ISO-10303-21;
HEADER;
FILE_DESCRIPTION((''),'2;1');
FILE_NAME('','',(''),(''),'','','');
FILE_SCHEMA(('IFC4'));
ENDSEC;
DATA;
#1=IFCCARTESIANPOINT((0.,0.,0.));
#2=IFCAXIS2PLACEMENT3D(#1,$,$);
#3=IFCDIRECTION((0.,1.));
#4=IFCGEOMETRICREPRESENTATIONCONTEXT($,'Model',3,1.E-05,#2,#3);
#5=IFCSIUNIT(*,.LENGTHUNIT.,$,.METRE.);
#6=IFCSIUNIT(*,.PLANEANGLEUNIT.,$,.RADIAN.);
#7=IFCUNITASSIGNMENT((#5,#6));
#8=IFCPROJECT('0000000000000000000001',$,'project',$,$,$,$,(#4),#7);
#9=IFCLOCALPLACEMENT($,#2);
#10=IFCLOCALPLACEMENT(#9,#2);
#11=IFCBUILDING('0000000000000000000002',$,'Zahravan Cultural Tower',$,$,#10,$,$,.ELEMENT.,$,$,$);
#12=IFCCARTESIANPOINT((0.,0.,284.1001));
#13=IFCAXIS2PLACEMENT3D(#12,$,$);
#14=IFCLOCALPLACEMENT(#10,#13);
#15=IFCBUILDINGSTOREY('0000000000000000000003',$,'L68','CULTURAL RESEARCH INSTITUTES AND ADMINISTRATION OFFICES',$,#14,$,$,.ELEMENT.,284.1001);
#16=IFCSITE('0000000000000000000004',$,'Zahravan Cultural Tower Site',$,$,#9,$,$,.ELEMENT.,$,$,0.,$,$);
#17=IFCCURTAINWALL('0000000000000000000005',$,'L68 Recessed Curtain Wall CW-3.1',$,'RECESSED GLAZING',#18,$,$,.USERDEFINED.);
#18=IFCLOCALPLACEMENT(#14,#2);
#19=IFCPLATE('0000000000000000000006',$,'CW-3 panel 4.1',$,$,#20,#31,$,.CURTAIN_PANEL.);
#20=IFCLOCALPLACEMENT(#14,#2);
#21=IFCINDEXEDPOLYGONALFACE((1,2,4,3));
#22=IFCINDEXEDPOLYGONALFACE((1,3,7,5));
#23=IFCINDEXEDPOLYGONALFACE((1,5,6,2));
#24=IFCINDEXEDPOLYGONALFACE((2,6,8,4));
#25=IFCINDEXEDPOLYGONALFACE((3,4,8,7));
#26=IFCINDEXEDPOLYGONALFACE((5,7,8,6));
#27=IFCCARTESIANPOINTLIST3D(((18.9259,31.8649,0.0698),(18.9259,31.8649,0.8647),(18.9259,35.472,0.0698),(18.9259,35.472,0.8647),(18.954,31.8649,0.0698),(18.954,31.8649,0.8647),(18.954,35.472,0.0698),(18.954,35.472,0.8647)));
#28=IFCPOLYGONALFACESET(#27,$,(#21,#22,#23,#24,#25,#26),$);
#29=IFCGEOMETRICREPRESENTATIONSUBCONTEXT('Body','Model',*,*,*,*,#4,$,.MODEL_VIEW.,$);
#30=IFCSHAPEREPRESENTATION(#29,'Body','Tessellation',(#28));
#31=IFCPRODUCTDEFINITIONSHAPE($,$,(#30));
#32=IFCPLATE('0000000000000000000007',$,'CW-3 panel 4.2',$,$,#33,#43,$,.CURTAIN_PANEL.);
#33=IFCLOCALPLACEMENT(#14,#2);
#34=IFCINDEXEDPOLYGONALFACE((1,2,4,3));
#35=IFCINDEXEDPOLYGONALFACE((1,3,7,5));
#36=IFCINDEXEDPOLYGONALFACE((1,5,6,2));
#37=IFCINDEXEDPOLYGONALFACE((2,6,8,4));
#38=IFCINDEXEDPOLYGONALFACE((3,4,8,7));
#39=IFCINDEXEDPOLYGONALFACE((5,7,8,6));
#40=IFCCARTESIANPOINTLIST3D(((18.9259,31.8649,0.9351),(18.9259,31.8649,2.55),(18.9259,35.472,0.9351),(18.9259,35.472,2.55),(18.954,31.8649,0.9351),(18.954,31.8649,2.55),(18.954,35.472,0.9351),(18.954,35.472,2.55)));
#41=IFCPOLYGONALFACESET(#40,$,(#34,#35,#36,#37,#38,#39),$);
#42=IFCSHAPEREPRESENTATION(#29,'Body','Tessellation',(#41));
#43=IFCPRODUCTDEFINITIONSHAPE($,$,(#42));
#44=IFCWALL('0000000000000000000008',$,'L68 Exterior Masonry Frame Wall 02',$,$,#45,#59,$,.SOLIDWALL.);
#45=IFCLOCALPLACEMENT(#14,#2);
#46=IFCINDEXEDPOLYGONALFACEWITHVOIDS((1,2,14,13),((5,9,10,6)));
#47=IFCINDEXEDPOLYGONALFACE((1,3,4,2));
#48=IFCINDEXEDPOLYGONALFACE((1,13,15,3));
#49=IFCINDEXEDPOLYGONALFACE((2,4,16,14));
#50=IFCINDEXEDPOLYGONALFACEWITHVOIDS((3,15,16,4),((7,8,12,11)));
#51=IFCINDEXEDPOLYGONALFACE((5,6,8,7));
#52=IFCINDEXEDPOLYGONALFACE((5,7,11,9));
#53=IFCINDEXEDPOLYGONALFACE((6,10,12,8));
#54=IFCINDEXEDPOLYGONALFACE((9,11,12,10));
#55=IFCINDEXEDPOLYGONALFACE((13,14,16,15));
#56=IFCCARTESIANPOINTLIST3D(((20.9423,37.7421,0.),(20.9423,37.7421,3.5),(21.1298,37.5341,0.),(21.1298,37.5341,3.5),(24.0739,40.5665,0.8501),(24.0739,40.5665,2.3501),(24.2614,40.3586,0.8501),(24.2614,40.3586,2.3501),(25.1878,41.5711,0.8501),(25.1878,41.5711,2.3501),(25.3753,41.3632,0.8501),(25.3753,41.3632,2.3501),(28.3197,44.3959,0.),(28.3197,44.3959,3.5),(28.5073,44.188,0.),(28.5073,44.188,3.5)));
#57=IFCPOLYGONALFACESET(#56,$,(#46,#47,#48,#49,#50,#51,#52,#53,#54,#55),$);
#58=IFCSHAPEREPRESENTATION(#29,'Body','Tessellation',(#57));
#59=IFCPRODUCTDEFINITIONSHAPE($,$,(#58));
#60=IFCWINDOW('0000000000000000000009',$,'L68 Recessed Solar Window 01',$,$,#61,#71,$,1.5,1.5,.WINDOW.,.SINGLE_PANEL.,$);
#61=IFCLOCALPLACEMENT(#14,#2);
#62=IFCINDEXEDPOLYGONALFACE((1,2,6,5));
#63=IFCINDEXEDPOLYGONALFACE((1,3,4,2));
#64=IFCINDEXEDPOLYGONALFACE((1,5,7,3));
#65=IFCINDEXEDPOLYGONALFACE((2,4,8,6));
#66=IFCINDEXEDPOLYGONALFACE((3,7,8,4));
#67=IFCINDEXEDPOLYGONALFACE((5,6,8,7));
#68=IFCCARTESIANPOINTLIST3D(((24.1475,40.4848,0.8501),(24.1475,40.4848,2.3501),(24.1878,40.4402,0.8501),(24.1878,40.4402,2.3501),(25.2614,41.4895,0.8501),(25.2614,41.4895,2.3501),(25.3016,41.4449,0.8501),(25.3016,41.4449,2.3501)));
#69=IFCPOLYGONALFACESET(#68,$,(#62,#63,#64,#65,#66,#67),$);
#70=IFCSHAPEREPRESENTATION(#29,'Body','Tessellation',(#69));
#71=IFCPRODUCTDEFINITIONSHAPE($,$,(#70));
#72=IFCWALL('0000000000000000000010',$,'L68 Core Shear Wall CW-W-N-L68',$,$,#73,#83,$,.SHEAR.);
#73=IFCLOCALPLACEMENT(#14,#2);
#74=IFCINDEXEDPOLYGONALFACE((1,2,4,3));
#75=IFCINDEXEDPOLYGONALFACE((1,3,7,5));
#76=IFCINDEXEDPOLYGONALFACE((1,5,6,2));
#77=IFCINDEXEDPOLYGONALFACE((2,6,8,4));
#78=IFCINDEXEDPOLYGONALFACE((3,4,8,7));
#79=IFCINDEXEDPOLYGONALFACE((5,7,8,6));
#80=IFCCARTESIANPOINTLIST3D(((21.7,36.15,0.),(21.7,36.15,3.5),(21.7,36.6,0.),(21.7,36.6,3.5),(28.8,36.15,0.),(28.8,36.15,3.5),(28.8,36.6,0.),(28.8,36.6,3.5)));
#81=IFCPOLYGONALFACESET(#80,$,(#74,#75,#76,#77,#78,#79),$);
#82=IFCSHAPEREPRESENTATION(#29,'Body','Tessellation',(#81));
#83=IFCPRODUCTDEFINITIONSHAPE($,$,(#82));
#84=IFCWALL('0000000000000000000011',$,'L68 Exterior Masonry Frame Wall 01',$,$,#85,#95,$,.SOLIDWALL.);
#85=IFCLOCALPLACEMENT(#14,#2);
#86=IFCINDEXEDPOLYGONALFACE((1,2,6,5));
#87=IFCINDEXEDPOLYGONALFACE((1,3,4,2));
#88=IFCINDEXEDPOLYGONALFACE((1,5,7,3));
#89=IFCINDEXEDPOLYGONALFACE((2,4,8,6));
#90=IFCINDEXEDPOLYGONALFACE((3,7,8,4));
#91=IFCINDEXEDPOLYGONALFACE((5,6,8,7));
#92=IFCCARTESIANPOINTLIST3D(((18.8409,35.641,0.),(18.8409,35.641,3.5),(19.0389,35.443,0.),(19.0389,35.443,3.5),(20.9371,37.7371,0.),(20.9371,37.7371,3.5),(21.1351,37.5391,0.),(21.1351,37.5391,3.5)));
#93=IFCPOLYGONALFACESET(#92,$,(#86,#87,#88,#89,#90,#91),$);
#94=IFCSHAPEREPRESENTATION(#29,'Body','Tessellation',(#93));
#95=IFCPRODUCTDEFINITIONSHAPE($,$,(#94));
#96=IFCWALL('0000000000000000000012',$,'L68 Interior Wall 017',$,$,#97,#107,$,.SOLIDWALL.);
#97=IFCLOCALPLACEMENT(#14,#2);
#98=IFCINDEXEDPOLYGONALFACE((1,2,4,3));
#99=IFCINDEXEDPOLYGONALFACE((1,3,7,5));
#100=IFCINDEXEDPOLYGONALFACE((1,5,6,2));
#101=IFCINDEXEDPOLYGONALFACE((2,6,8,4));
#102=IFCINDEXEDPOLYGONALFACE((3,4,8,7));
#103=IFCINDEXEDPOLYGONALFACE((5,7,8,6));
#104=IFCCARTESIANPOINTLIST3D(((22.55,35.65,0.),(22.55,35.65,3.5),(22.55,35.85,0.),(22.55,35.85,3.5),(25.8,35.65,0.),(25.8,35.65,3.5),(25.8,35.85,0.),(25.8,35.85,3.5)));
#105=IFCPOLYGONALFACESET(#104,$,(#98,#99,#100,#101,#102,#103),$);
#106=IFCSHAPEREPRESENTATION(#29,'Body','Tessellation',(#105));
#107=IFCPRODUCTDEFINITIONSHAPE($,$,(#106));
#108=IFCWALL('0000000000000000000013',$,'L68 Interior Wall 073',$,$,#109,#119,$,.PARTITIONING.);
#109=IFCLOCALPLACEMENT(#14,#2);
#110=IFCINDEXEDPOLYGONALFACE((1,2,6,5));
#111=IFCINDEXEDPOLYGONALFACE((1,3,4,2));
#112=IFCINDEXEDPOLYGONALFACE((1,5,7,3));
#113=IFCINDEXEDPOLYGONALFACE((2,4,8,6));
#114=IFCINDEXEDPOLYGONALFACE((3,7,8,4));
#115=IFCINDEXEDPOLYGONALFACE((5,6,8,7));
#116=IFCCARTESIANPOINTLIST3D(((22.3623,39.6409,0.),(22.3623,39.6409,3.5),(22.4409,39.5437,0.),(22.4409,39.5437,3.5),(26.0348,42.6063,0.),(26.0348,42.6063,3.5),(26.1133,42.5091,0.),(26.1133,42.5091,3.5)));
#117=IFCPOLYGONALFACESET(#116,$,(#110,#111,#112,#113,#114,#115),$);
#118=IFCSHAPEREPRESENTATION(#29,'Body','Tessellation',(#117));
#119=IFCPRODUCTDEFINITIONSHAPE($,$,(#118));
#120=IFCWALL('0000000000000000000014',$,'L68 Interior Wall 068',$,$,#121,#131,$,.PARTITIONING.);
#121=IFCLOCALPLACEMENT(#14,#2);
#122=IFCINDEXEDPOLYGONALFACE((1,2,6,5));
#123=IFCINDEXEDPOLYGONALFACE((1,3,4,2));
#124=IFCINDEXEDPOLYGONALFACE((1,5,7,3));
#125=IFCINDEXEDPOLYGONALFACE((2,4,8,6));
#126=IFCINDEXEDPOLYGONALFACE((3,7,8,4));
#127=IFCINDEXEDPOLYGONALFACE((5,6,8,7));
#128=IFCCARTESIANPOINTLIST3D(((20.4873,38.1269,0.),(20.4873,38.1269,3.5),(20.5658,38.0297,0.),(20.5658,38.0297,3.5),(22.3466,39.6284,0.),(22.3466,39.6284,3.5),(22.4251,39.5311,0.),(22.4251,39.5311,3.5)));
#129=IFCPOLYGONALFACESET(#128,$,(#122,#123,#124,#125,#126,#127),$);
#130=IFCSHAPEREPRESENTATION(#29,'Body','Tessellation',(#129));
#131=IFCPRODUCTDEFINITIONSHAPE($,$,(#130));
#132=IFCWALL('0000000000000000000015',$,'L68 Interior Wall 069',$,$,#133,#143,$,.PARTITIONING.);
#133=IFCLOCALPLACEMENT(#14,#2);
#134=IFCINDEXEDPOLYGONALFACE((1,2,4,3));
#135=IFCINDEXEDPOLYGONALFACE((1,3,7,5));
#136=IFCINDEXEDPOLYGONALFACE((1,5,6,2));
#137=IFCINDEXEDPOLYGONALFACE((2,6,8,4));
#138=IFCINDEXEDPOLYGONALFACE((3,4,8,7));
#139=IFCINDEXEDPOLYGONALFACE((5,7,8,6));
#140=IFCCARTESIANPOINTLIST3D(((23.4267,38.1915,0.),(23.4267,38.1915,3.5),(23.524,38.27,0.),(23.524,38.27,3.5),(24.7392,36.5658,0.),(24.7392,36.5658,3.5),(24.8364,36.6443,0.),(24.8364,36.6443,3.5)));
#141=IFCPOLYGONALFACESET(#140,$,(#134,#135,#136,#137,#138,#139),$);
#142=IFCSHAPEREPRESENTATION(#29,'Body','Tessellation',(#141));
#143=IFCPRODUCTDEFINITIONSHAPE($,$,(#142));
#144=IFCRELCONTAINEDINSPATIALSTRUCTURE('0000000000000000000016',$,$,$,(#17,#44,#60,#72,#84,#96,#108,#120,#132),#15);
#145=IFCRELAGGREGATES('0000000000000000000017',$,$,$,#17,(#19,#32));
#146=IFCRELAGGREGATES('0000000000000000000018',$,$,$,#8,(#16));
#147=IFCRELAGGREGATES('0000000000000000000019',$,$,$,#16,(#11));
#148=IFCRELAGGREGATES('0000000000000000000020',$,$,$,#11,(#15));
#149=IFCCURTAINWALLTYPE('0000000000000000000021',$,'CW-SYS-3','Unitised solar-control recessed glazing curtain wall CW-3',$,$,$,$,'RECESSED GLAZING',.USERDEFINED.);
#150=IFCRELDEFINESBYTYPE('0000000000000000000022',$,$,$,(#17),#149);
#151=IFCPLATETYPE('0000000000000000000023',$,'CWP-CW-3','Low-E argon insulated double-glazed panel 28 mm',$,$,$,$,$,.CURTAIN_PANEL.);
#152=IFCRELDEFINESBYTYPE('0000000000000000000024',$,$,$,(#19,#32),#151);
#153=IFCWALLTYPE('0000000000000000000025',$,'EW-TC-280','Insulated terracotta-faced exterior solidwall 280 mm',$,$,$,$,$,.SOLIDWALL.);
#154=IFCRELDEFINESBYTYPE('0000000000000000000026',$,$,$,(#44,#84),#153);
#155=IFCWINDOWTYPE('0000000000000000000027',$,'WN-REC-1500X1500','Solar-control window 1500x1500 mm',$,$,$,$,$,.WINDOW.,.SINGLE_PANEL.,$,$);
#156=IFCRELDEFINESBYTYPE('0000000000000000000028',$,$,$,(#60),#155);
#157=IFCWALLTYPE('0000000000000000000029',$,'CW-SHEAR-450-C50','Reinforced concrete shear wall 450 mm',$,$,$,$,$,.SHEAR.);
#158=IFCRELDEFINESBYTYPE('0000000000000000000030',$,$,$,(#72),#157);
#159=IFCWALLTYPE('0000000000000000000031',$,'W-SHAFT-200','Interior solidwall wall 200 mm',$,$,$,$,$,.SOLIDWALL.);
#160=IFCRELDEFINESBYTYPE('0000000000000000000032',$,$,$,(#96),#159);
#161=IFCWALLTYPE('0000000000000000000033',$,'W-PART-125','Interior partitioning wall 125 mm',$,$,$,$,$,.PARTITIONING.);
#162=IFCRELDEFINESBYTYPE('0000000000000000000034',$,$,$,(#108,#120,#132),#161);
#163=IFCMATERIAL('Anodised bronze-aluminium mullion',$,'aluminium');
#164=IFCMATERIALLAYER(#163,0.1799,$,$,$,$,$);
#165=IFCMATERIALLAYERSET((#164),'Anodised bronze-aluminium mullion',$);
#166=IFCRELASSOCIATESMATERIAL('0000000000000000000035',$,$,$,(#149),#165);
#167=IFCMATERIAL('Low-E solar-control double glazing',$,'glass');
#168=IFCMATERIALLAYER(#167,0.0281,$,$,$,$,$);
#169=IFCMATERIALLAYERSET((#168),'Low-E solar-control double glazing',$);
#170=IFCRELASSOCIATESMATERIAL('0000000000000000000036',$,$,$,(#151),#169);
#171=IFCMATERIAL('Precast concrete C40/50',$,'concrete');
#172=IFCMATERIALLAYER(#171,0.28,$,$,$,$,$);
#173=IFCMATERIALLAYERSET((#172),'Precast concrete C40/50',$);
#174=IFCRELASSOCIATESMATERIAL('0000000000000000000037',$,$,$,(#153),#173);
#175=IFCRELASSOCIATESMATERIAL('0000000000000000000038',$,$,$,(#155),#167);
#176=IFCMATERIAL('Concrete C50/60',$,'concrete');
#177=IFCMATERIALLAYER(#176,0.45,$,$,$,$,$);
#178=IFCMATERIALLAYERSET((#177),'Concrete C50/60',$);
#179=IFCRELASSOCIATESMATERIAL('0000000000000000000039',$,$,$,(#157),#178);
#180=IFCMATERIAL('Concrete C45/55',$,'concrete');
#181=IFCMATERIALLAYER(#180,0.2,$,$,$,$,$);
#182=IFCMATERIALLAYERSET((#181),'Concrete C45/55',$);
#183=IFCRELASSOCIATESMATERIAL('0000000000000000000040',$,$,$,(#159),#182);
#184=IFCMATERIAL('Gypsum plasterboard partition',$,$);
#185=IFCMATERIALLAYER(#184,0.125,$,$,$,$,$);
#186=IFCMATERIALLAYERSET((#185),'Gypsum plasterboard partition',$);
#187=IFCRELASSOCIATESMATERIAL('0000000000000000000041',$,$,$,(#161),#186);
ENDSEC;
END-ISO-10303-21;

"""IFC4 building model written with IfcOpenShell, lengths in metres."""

from ifc_helpers import new_model, si_unit, direction, frame, frame_2d, origin, origin_2d, place, context, subcontext, project, spatial, rectangle, extrude, source, transform, mapped, material, layer, layer_set, type_object, element, fill, aggregate, save


model = new_model("IFC4")

# Units and contexts
model_context = context("Model", 3, precision=1e-05, world=origin(), true_north=direction((0.0, 1.0)))
body_context = subcontext(model_context, "Body", "Model", "MODEL_VIEW")
ifc_project = project(units=[si_unit("LENGTHUNIT", "METRE"), si_unit("PLANEANGLEUNIT", "RADIAN")], contexts=[model_context])

# Site, building, storey
site_placement = place(None, origin())
site = spatial("IfcSite", under=ifc_project, at=site_placement, Name="Zahravan Cultural Tower Site", CompositionType="ELEMENT", RefElevation=0.0)
building_placement = place(site_placement, origin())
building = spatial("IfcBuilding", under=site, at=building_placement, Name="Zahravan Cultural Tower", CompositionType="ELEMENT")
storey_placement = place(building_placement, frame((0.0, 0.0, 284.1001)))
storey = spatial("IfcBuildingStorey", under=building, at=storey_placement, Name="L68", Description="CULTURAL RESEARCH INSTITUTES AND ADMINISTRATION OFFICES", CompositionType="ELEMENT", Elevation=284.1001)

# Shared definitions
ifc_material_1 = material(Name="Concrete C50/60", Category="concrete")

# Curtain wall, plates
ifc_material_2 = material(Name="Anodised bronze-aluminium mullion", Category="aluminium")
ifc_layer_1 = layer(ifc_material_2, 0.1799)
ifc_layer_set_1 = layer_set([ifc_layer_1], Name="Anodised bronze-aluminium mullion")
curtain_wall_type = type_object("IfcCurtainWallType", Name="CW-SYS-3", Description="Unitised solar-control recessed glazing curtain wall CW-3", ElementType="RECESSED GLAZING", PredefinedType="USERDEFINED", material=ifc_layer_set_1)
curtain_wall_placement = place(storey_placement, origin())
curtain_wall = element("IfcCurtainWall", 1, at=curtain_wall_placement, inside=storey, type_object=curtain_wall_type, Name="L68 Recessed Curtain Wall CW-3.1", ObjectType="RECESSED GLAZING", PredefinedType="USERDEFINED")
ifc_material_3 = material(Name="Low-E solar-control double glazing", Category="glass")
ifc_layer_2 = layer(ifc_material_3, 0.0281)
ifc_layer_set_2 = layer_set([ifc_layer_2], Name="Low-E solar-control double glazing")
plate_type = type_object("IfcPlateType", Name="CWP-CW-3", Description="Low-E argon insulated double-glazed panel 28 mm", PredefinedType="CURTAIN_PANEL", material=ifc_layer_set_2)
shared_shape_1 = source(origin(), body_context, "Body", "SweptSolid", [
    extrude(rectangle(XDim=3.6072, YDim=0.0281, at=origin_2d()), origin(), (0.0, 0.0, 1.0), 0.7949),
])
plate_1_placement = place(storey_placement, frame((18.9399, 33.6685, 0.0698), z_axis=(0.0, 0.0, 1.0), x_axis=(0.0, 1.0, 0.0)))
plate_1 = element("IfcPlate", 2, at=plate_1_placement, type_object=plate_type, Name="CW-3 panel 4.1", PredefinedType="CURTAIN_PANEL", context=body_context, shape_type="MappedRepresentation", body=[
    mapped(shared_shape_1, transform((0.0, 0.0, 0.0), x_axis=(1.0, 0.0, 0.0), y_axis=(0.0, 1.0, 0.0), z_axis=(0.0, 0.0, 1.0), scale=1.0)),
])
shared_shape_2 = source(origin(), body_context, "Body", "SweptSolid", [
    extrude(rectangle(XDim=3.6072, YDim=0.0281, at=origin_2d()), origin(), (0.0, 0.0, 1.0), 1.615),
])
plate_2_placement = place(storey_placement, frame((18.9399, 33.6685, 0.9351), z_axis=(0.0, 0.0, 1.0), x_axis=(0.0, 1.0, 0.0)))
plate_2 = element("IfcPlate", 3, at=plate_2_placement, type_object=plate_type, Name="CW-3 panel 4.2", PredefinedType="CURTAIN_PANEL", context=body_context, shape_type="MappedRepresentation", body=[
    mapped(shared_shape_2, transform((0.0, 0.0, 0.0), x_axis=(1.0, 0.0, 0.0), y_axis=(0.0, 1.0, 0.0), z_axis=(0.0, 0.0, 1.0), scale=1.0)),
])
aggregate(curtain_wall, [plate_1, plate_2])

# Wall, opening, window
ifc_material_4 = material(Name="Precast concrete C40/50", Category="concrete")
ifc_layer_3 = layer(ifc_material_4, 0.28)
ifc_layer_set_3 = layer_set([ifc_layer_3], Name="Precast concrete C40/50")
wall_type_1 = type_object("IfcWallType", Name="EW-TC-280", Description="Insulated terracotta-faced exterior solidwall 280 mm", PredefinedType="SOLIDWALL", material=ifc_layer_set_3)
wall_1_placement = place(storey_placement, frame((21.0361, 37.6382, 0.0), z_axis=(0.0, 0.0, 1.0), x_axis=(0.742587, 0.669749, 0.0)))
wall_1 = element("IfcWall", 4, at=wall_1_placement, inside=storey, type_object=wall_type_1, Name="L68 Exterior Masonry Frame Wall 02", PredefinedType="SOLIDWALL", context=body_context, shape_type="SweptSolid", body=[
    extrude(rectangle(XDim=9.9348, YDim=0.28, at=frame_2d((4.9673, 0.0))), origin(), (0.0, 0.0, 1.0), 3.5),
])
opening_placement = place(wall_1_placement, frame((4.217, 0.0, 0.8501)))
opening = element("IfcOpeningElement", 5, at=opening_placement, cuts=wall_1, PredefinedType="OPENING", context=body_context, shape_type="SweptSolid", body=[
    extrude(rectangle(XDim=1.5, YDim=1.5, at=frame_2d((0.75, 0.75))), frame((0.0, 0.1499, 0.0), z_axis=(0.0, -1.0, 0.0), x_axis=(1.0, 0.0, 0.0)), (0.0, 0.0, 1.0), 0.3),
])
window_type = type_object("IfcWindowType", Name="WN-REC-1500X1500", Description="Solar-control window 1500x1500 mm", PartitioningType="SINGLE_PANEL", PredefinedType="WINDOW", material=ifc_material_3)
shared_shape_3 = source(origin(), body_context, "Body", "SweptSolid", [
    extrude(rectangle(XDim=1.5, YDim=1.5, at=frame_2d((0.75, 0.75))), frame((0.0, 0.03, 0.0), z_axis=(0.0, -1.0, 0.0), x_axis=(1.0, 0.0, 0.0)), (0.0, 0.0, 1.0), 0.0601),
])
window_placement = place(opening_placement, origin())
window = element("IfcWindow", 6, at=window_placement, inside=storey, type_object=window_type, Name="L68 Recessed Solar Window 01", OverallHeight=1.5, OverallWidth=1.5, PartitioningType="SINGLE_PANEL", PredefinedType="WINDOW", context=body_context, shape_type="MappedRepresentation", body=[
    mapped(shared_shape_3, transform((0.0, 0.0, 0.0), x_axis=(1.0, 0.0, 0.0), y_axis=(0.0, 1.0, 0.0), z_axis=(0.0, 0.0, 1.0), scale=1.0)),
])
fill(opening, window)

# Walls
ifc_layer_4 = layer(ifc_material_1, 0.45)
ifc_layer_set_4 = layer_set([ifc_layer_4], Name="Concrete C50/60")
wall_type_2 = type_object("IfcWallType", Name="CW-SHEAR-450-C50", Description="Reinforced concrete shear wall 450 mm", PredefinedType="SHEAR", material=ifc_layer_set_4)
shared_shape_4 = source(origin(), body_context, "Body", "SweptSolid", [
    extrude(rectangle(XDim=7.1001, YDim=0.45, at=frame_2d((3.55, 0.0))), origin(), (0.0, 0.0, 1.0), 3.5),
])
wall_2_placement = place(storey_placement, frame((21.7, 36.375, 0.0), z_axis=(0.0, 0.0, 1.0), x_axis=(1.0, 0.0, 0.0)))
element("IfcWall", 7, at=wall_2_placement, inside=storey, type_object=wall_type_2, Name="L68 Core Shear Wall CW-W-N-L68", PredefinedType="SHEAR", context=body_context, shape_type="MappedRepresentation", body=[
    mapped(shared_shape_4, transform((0.0, 0.0, 0.0), x_axis=(1.0, 0.0, 0.0), y_axis=(0.0, 1.0, 0.0), z_axis=(0.0, 0.0, 1.0), scale=1.0)),
])
shared_shape_5 = source(origin(), body_context, "Body", "SweptSolid", [
    extrude(rectangle(XDim=2.9644, YDim=0.28, at=frame_2d((1.4822, 0.0))), origin(), (0.0, 0.0, 1.0), 3.5),
])
wall_3_placement = place(storey_placement, frame((18.9399, 35.542, 0.0), z_axis=(0.0, 0.0, 1.0), x_axis=(0.707107, 0.707107, 0.0)))
element("IfcWall", 8, at=wall_3_placement, inside=storey, type_object=wall_type_1, Name="L68 Exterior Masonry Frame Wall 01", PredefinedType="SOLIDWALL", context=body_context, shape_type="MappedRepresentation", body=[
    mapped(shared_shape_5, transform((0.0, 0.0, 0.0), x_axis=(1.0, 0.0, 0.0), y_axis=(0.0, 1.0, 0.0), z_axis=(0.0, 0.0, 1.0), scale=1.0)),
])
ifc_material_5 = material(Name="Concrete C45/55", Category="concrete")
ifc_layer_5 = layer(ifc_material_5, 0.2)
ifc_layer_set_5 = layer_set([ifc_layer_5], Name="Concrete C45/55")
wall_type_3 = type_object("IfcWallType", Name="W-SHAFT-200", Description="Interior solidwall wall 200 mm", PredefinedType="SOLIDWALL", material=ifc_layer_set_5)
shared_shape_6 = source(origin(), body_context, "Body", "SweptSolid", [
    extrude(rectangle(XDim=3.25, YDim=0.2, at=frame_2d((1.625, 0.0))), origin(), (0.0, 0.0, 1.0), 3.5),
])
wall_4_placement = place(storey_placement, frame((22.55, 35.75, 0.0), z_axis=(0.0, 0.0, 1.0), x_axis=(1.0, 0.0, 0.0)))
element("IfcWall", 9, at=wall_4_placement, inside=storey, type_object=wall_type_3, Name="L68 Interior Wall 017", PredefinedType="SOLIDWALL", context=body_context, shape_type="MappedRepresentation", body=[
    mapped(shared_shape_6, transform((0.0, 0.0, 0.0), x_axis=(1.0, 0.0, 0.0), y_axis=(0.0, 1.0, 0.0), z_axis=(0.0, 0.0, 1.0), scale=1.0)),
])
ifc_material_6 = material(Name="Gypsum plasterboard partition")
ifc_layer_6 = layer(ifc_material_6, 0.125)
ifc_layer_set_6 = layer_set([ifc_layer_6], Name="Gypsum plasterboard partition")
wall_type_4 = type_object("IfcWallType", Name="W-PART-125", Description="Interior partitioning wall 125 mm", PredefinedType="PARTITIONING", material=ifc_layer_set_6)
shared_shape_7 = source(origin(), body_context, "Body", "SweptSolid", [
    extrude(rectangle(XDim=4.7202, YDim=0.125, at=frame_2d((2.3601, 0.0))), origin(), (0.0, 0.0, 1.0), 3.5),
])
wall_5_placement = place(storey_placement, frame((22.4016, 39.5923, 0.0), z_axis=(0.0, 0.0, 1.0), x_axis=(0.778025, 0.628234, 0.0)))
element("IfcWall", 10, at=wall_5_placement, inside=storey, type_object=wall_type_4, Name="L68 Interior Wall 073", PredefinedType="PARTITIONING", context=body_context, shape_type="MappedRepresentation", body=[
    mapped(shared_shape_7, transform((0.0, 0.0, 0.0), x_axis=(1.0, 0.0, 0.0), y_axis=(0.0, 1.0, 0.0), z_axis=(0.0, 0.0, 1.0), scale=1.0)),
])
shared_shape_8 = source(origin(), body_context, "Body", "SweptSolid", [
    extrude(rectangle(XDim=2.3899, YDim=0.125, at=frame_2d((1.1948, 0.0))), origin(), (0.0, 0.0, 1.0), 3.5),
])
wall_6_placement = place(storey_placement, frame((20.5266, 38.0784, 0.0), z_axis=(0.0, 0.0, 1.0), x_axis=(0.77801, 0.628252, 0.0)))
element("IfcWall", 11, at=wall_6_placement, inside=storey, type_object=wall_type_4, Name="L68 Interior Wall 068", PredefinedType="PARTITIONING", context=body_context, shape_type="MappedRepresentation", body=[
    mapped(shared_shape_8, transform((0.0, 0.0, 0.0), x_axis=(1.0, 0.0, 0.0), y_axis=(0.0, 1.0, 0.0), z_axis=(0.0, 0.0, 1.0), scale=1.0)),
])
shared_shape_9 = source(origin(), body_context, "Body", "SweptSolid", [
    extrude(rectangle(XDim=2.0894, YDim=0.125, at=frame_2d((1.0447, 0.0))), origin(), (0.0, 0.0, 1.0), 3.5),
])
wall_7_placement = place(storey_placement, frame((23.4753, 38.2307, 0.0), z_axis=(0.0, 0.0, 1.0), x_axis=(0.628166, -0.77808, 0.0)))
element("IfcWall", 12, at=wall_7_placement, inside=storey, type_object=wall_type_4, Name="L68 Interior Wall 069", PredefinedType="PARTITIONING", context=body_context, shape_type="MappedRepresentation", body=[
    mapped(shared_shape_9, transform((0.0, 0.0, 0.0), x_axis=(1.0, 0.0, 0.0), y_axis=(0.0, 1.0, 0.0), z_axis=(0.0, 0.0, 1.0), scale=1.0)),
])

save(model, "model.ifc")
